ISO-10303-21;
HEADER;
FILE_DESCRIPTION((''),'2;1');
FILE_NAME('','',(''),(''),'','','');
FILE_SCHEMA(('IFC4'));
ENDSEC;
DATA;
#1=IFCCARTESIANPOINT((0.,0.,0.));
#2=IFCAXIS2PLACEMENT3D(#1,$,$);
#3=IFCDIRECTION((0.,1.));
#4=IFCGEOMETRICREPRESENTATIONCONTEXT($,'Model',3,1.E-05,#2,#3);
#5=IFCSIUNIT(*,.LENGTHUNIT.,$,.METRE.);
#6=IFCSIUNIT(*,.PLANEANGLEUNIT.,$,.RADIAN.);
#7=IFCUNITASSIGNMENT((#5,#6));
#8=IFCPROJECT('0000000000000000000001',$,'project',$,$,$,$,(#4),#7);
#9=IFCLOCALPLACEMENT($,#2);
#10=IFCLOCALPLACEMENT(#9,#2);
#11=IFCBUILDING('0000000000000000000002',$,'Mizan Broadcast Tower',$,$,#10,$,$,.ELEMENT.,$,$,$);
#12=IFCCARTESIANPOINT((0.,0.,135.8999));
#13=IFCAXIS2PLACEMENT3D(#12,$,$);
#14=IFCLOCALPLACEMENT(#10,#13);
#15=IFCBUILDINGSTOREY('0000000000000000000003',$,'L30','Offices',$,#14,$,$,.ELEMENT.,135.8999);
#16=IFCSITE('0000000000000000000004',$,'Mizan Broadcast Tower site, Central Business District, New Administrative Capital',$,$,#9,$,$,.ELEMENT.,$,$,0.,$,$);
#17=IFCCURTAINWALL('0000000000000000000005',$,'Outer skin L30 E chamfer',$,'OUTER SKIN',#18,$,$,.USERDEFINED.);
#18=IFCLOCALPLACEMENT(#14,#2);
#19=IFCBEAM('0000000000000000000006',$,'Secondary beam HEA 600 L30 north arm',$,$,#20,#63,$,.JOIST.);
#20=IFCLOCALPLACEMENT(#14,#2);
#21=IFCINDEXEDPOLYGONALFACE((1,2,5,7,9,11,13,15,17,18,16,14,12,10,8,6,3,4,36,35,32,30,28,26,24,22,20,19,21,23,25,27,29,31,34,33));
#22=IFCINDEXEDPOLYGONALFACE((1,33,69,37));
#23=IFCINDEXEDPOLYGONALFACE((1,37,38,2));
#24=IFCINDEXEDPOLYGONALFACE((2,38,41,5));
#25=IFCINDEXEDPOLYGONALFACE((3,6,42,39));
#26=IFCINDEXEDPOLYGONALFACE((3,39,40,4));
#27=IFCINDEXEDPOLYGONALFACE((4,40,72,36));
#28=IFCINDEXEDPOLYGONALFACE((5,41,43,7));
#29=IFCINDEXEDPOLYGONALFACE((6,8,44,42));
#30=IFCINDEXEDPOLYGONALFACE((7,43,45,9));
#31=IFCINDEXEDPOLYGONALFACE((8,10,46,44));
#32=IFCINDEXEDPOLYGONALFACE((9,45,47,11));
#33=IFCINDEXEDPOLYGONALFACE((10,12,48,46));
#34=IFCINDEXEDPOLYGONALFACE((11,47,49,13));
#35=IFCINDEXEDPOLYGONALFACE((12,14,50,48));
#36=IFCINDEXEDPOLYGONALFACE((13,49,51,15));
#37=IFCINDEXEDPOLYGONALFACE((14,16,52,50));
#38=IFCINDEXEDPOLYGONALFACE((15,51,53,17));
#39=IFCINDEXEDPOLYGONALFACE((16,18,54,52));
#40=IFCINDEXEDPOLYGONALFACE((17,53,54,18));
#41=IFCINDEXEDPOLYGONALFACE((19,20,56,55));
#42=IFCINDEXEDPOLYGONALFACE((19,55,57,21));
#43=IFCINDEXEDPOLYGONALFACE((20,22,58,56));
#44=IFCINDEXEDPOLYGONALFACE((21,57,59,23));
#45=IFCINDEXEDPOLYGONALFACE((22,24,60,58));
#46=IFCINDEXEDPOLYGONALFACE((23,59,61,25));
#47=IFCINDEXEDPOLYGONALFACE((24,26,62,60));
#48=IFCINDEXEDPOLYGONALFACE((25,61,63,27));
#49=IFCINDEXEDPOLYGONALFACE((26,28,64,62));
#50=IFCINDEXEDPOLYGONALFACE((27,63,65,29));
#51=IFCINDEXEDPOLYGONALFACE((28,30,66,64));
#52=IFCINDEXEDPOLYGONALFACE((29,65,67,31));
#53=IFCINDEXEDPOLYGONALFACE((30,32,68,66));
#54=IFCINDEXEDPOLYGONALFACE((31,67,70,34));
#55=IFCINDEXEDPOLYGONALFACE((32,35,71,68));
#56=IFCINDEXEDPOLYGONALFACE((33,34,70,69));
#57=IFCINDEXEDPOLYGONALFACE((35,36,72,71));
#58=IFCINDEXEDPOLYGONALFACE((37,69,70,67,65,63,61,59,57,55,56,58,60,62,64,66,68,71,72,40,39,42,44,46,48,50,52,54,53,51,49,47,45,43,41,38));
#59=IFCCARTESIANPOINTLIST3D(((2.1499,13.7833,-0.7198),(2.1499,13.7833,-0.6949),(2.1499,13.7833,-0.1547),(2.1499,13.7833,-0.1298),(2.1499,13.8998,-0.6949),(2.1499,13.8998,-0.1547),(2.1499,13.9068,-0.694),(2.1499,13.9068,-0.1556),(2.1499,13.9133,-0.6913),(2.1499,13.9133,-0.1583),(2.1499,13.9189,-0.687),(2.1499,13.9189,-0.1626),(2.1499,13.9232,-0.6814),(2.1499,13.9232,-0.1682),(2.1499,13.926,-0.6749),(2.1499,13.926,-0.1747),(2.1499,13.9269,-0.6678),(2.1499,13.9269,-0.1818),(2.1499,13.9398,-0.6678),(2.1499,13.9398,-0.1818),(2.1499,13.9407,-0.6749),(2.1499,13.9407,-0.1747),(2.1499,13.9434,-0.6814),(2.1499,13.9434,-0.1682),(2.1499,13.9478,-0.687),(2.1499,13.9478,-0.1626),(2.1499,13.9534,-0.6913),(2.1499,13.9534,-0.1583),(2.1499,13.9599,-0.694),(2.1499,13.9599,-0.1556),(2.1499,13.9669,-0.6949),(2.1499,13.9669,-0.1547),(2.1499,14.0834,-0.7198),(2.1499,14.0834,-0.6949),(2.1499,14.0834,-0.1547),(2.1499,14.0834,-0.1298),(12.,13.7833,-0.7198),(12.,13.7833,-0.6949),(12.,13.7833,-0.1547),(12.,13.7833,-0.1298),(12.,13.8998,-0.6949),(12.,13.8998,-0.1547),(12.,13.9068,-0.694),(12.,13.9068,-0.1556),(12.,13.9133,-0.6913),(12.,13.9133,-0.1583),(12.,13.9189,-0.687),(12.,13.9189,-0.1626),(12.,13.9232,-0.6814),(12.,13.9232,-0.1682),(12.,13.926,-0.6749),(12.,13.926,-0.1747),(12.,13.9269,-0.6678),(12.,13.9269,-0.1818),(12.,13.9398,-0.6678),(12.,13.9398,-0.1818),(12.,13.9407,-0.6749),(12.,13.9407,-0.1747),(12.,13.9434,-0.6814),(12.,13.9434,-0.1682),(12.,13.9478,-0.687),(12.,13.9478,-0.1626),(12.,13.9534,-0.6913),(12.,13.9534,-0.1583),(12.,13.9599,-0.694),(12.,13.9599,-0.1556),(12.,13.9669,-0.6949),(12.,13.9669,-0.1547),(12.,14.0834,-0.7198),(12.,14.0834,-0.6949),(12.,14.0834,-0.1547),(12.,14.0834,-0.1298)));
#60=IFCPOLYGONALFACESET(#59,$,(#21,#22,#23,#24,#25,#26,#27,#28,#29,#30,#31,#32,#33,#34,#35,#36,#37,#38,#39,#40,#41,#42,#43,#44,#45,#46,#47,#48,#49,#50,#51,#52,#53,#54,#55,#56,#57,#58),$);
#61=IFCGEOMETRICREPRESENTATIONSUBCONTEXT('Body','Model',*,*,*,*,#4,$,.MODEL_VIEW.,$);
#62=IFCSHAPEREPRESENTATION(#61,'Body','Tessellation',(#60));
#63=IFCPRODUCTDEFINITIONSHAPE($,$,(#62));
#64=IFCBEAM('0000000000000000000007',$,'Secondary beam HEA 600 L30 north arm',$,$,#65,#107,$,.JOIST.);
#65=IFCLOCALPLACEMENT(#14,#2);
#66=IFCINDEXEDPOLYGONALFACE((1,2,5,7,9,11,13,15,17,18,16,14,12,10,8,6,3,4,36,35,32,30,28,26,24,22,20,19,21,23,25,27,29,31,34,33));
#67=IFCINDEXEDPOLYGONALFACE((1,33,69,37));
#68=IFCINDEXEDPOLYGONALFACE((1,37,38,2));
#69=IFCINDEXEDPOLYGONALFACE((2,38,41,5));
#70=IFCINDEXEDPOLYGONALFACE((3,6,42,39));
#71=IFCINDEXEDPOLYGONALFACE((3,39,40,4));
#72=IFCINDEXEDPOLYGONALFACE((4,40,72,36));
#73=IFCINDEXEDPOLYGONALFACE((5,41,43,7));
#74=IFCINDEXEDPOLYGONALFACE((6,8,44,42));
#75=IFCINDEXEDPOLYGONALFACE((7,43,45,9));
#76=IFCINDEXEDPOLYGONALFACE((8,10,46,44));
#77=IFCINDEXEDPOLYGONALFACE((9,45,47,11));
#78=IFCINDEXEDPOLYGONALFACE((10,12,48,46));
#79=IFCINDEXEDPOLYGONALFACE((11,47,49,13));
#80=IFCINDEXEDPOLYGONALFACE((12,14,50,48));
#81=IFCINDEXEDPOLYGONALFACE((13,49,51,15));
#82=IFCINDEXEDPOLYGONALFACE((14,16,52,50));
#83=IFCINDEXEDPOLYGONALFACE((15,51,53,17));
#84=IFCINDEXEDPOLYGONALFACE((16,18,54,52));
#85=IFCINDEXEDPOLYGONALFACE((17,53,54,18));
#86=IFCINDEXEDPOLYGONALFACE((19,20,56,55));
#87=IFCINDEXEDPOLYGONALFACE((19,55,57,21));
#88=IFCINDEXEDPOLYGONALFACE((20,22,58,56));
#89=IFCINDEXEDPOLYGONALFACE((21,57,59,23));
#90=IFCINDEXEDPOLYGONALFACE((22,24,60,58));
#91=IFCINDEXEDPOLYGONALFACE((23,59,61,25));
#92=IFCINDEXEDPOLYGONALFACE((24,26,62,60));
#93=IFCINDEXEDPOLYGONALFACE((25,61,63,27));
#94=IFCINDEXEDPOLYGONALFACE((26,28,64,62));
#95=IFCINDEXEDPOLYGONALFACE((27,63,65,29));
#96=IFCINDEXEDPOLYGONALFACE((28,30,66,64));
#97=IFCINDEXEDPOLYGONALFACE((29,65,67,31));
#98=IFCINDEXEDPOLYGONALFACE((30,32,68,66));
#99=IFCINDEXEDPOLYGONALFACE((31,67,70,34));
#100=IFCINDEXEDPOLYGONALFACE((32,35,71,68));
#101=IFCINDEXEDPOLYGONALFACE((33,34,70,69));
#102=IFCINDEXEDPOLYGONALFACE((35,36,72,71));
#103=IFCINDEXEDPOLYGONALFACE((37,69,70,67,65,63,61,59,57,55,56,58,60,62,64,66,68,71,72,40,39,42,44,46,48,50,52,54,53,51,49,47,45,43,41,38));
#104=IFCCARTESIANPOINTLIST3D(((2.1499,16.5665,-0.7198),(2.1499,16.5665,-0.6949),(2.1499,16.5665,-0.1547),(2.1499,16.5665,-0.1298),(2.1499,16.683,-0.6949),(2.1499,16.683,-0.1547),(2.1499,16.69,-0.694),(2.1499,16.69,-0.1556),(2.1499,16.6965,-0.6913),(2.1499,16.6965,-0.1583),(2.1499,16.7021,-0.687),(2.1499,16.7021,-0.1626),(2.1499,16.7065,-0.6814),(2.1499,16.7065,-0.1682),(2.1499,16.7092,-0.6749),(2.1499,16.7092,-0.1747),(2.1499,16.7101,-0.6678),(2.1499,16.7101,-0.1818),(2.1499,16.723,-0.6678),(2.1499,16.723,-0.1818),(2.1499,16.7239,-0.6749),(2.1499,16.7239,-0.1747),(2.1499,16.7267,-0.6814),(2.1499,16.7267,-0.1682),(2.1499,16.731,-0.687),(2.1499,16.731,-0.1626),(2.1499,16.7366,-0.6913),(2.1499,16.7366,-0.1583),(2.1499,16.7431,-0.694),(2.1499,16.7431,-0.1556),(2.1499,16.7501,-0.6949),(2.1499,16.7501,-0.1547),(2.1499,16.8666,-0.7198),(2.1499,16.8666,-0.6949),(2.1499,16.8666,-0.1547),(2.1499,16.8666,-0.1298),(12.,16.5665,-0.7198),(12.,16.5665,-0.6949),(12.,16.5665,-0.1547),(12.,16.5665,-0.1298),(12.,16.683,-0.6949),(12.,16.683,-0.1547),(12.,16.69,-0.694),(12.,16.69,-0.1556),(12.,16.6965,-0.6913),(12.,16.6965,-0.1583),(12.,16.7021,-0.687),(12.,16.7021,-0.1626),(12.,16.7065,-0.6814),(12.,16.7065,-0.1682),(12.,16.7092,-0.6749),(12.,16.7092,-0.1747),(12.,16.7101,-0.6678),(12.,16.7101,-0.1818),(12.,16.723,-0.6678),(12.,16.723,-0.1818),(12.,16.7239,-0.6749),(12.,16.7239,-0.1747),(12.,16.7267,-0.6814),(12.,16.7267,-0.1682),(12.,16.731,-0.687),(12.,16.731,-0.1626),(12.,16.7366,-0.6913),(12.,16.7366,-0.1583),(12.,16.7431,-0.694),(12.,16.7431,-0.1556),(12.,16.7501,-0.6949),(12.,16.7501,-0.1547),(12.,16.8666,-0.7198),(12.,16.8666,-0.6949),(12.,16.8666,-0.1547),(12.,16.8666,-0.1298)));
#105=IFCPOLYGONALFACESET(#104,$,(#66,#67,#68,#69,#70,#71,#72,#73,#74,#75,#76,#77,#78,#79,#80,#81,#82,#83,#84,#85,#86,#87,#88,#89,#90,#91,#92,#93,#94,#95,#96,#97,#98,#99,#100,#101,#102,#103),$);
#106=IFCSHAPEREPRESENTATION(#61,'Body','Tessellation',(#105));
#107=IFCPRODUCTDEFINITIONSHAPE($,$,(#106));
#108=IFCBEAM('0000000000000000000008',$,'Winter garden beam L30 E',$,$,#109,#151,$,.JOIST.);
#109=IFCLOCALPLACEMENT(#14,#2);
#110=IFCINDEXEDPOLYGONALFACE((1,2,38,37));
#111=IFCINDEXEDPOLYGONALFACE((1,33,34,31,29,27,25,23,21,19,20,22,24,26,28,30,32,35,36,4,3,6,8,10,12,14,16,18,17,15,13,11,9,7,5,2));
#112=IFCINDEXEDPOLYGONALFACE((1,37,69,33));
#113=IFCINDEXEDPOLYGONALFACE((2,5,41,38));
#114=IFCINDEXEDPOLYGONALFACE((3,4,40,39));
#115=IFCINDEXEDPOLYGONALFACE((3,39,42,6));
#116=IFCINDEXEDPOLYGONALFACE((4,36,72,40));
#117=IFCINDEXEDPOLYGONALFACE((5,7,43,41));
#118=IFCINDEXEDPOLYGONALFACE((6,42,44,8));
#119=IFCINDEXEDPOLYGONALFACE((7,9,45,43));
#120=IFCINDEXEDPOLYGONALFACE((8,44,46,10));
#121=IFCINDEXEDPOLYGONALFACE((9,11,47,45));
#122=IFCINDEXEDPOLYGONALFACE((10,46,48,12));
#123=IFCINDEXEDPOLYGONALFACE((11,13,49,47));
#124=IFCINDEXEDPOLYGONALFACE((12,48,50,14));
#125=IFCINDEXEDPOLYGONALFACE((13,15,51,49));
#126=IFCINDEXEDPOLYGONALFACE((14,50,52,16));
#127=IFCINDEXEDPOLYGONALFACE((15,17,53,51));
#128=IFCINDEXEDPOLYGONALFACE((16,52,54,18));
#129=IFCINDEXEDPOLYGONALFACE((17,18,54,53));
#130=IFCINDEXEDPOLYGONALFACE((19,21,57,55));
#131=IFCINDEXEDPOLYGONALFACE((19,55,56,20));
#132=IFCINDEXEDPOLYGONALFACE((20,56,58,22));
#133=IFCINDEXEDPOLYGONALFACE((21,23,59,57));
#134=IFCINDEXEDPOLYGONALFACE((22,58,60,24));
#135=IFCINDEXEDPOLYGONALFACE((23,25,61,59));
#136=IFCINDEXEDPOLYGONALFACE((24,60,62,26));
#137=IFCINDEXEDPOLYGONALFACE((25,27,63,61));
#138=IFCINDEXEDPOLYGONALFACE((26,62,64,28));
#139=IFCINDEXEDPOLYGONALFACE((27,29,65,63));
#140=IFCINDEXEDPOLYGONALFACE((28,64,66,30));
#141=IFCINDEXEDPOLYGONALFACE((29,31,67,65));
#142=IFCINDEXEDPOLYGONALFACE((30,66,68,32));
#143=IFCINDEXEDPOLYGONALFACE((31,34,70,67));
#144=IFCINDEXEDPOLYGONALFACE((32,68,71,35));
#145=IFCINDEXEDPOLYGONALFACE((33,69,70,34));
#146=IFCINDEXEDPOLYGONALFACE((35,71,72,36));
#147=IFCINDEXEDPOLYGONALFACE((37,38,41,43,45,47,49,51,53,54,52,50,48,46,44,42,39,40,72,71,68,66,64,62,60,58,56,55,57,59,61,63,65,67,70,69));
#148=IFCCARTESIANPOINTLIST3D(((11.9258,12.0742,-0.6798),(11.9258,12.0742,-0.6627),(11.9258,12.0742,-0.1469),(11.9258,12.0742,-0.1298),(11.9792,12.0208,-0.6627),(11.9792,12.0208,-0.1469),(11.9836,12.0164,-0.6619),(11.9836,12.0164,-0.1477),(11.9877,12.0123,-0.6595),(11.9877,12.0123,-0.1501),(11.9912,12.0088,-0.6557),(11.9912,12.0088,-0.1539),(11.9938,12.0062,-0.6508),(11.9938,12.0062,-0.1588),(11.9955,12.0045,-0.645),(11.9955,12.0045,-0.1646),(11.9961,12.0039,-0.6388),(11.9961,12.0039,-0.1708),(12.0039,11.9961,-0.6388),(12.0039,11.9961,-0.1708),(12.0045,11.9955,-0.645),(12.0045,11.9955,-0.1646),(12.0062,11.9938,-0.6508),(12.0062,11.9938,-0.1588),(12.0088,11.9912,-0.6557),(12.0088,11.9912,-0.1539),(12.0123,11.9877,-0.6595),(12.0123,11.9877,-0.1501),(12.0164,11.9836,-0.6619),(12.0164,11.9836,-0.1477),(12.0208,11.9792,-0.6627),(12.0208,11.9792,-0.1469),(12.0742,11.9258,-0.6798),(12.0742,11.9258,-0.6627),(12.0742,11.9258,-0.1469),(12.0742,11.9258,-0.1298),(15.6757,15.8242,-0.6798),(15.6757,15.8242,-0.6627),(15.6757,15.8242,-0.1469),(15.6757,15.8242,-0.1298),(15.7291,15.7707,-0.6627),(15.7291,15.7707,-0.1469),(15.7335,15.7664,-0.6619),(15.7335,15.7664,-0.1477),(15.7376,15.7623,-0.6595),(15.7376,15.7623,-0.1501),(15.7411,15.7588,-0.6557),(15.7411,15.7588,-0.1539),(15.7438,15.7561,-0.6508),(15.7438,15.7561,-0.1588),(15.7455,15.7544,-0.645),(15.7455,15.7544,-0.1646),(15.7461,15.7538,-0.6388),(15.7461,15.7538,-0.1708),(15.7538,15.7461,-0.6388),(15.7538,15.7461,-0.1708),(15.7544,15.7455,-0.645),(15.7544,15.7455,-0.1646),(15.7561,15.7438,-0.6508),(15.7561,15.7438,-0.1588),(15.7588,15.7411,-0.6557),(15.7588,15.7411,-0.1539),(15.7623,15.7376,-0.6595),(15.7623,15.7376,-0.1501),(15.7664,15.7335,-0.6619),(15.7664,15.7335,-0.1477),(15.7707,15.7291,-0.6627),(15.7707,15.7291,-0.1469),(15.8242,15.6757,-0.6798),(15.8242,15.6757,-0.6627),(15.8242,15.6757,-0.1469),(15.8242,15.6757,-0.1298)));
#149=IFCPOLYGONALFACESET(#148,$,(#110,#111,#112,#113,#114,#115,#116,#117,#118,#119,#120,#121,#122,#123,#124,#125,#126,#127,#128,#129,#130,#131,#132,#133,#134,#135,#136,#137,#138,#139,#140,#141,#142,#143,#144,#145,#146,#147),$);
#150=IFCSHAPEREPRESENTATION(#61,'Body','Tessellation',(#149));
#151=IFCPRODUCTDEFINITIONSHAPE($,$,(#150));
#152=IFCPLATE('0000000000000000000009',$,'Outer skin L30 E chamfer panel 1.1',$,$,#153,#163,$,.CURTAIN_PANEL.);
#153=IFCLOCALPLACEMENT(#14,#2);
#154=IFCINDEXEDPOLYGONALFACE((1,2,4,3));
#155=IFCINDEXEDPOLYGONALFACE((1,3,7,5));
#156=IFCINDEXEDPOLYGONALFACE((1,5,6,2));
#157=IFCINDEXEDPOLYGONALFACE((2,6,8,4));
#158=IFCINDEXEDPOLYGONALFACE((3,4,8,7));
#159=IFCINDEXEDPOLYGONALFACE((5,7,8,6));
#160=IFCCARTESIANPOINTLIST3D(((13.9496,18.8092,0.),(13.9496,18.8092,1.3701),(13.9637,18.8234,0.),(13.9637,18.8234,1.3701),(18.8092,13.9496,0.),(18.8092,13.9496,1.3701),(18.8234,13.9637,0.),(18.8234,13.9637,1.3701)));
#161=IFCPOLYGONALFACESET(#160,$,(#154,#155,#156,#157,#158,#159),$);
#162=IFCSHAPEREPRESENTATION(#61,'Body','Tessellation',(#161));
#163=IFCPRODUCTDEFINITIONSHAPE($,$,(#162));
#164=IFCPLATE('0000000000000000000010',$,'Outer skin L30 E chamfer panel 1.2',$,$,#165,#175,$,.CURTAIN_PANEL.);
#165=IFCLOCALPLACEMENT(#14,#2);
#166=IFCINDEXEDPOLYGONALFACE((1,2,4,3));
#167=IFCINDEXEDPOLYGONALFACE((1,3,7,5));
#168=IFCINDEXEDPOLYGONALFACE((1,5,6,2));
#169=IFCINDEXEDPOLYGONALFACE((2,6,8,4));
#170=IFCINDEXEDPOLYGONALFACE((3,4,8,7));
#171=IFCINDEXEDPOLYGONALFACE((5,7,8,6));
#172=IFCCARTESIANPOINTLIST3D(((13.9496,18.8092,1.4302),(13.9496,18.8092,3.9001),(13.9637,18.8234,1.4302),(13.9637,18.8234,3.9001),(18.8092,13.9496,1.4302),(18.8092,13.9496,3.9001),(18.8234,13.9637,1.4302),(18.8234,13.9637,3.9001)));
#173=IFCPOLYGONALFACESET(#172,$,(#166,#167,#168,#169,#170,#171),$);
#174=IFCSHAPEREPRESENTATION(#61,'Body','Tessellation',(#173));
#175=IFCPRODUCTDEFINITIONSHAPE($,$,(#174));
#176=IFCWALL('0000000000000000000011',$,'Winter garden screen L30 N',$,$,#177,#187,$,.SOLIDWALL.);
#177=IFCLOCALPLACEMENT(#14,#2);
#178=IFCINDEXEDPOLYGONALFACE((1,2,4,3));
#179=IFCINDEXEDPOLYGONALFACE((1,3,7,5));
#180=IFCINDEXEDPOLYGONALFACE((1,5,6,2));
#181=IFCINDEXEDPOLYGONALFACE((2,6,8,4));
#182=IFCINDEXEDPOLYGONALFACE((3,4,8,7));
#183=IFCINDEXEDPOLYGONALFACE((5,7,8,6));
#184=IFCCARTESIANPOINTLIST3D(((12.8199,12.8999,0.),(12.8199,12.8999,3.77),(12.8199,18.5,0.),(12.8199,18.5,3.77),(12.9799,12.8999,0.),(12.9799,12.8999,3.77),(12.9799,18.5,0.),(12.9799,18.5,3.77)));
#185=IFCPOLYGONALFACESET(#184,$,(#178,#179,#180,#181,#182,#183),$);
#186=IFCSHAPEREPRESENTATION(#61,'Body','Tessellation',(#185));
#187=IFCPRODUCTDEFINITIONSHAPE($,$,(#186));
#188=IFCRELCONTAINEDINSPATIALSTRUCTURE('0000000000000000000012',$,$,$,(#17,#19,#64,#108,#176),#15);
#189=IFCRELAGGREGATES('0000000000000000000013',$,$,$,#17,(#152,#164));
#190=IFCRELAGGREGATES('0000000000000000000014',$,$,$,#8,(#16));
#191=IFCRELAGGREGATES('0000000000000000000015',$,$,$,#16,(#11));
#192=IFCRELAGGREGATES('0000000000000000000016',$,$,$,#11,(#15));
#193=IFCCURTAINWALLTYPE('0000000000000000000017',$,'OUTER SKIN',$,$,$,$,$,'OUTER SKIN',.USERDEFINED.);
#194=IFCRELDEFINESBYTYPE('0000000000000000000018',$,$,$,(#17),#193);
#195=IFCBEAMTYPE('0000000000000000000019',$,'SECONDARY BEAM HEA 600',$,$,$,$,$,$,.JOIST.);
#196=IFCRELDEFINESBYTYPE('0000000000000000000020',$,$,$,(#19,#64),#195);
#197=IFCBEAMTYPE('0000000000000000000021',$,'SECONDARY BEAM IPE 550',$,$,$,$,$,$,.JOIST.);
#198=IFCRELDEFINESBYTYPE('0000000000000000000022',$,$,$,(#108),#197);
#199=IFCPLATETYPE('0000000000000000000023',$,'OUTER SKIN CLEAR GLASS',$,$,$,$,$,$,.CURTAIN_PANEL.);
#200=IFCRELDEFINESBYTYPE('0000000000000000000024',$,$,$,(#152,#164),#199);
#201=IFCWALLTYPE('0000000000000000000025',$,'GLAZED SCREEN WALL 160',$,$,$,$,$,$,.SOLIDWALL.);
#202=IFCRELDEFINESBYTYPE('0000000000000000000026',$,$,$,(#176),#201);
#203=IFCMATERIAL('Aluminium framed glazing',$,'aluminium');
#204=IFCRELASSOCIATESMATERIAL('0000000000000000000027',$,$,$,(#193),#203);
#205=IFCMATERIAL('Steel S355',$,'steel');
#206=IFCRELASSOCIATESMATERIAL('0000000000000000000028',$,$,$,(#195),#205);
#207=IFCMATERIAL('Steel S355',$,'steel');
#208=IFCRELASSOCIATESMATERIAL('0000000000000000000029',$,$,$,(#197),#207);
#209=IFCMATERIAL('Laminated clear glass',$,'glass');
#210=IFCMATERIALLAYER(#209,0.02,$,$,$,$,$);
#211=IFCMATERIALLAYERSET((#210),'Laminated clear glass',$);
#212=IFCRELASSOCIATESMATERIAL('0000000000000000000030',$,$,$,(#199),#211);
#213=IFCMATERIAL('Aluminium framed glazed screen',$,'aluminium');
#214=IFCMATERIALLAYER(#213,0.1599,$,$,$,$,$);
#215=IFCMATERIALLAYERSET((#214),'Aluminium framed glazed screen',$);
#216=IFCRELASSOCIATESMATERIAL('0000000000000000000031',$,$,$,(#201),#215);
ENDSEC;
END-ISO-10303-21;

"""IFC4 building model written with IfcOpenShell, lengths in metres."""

from ifc_helpers import new_model, si_unit, direction, frame, frame_2d, origin, origin_2d, place, context, subcontext, project, spatial, rectangle, i_section, extrude, material, layer, layer_set, material_profile, profile_set, type_object, element, aggregate, save


model = new_model("IFC4")

# Units and contexts
model_context = context("Model", 3, precision=1e-05, world=origin(), true_north=direction((0.0, 1.0)))
body_context = subcontext(model_context, "Body", "Model", "MODEL_VIEW")
ifc_project = project(units=[si_unit("LENGTHUNIT", "METRE"), si_unit("PLANEANGLEUNIT", "RADIAN")], contexts=[model_context])

# Site, building, storey
site_placement = place(None, origin())
site = spatial("IfcSite", under=ifc_project, at=site_placement, Name="Mizan Broadcast Tower site, Central Business District, New Administrative Capital", CompositionType="ELEMENT", RefElevation=0.0)
building_placement = place(site_placement, origin())
building = spatial("IfcBuilding", under=site, at=building_placement, Name="Mizan Broadcast Tower", CompositionType="ELEMENT")
storey_placement = place(building_placement, frame((0.0, 0.0, 135.8999)))
storey = spatial("IfcBuildingStorey", under=building, at=storey_placement, Name="L30", Description="Offices", CompositionType="ELEMENT", Elevation=135.8999)

# Curtain wall
ifc_material_1 = material(Name="Aluminium framed glazing", Category="aluminium")
curtain_wall_type_1 = type_object("IfcCurtainWallType", Name="OUTER SKIN", ElementType="OUTER SKIN", PredefinedType="USERDEFINED", material=ifc_material_1)
curtain_wall_1_placement = place(storey_placement, origin())
curtain_wall_1 = element("IfcCurtainWall", 1, at=curtain_wall_1_placement, inside=storey, type_object=curtain_wall_type_1, Name="Outer skin L30 E chamfer", ObjectType="OUTER SKIN", PredefinedType="USERDEFINED")

# Beams
ifc_material_2 = material(Name="Steel S355", Category="steel")
ifc_material_profile_1 = material_profile(ifc_material_2, i_section(OverallWidth=0.3, OverallDepth=0.5901, WebThickness=0.0129, FlangeThickness=0.0249, FilletRadius=0.0271, at=origin_2d()), Name="HEA 600")
ifc_profile_set_1 = profile_set([ifc_material_profile_1], Name="Steel S355")
beam_type_1 = type_object("IfcBeamType", Name="SECONDARY BEAM HEA 600", PredefinedType="JOIST", material=ifc_profile_set_1)
for number, where, z_axis, x_axis, name in (
    (2, (12.0, 13.9333, -0.4248), (-1.0, 0.0, 0.0), (0.0, -1.0, 0.0), "Secondary beam HEA 600 L30 north arm"),
    (3, (12.0, 16.7166, -0.4248), (-1.0, 0.0, 0.0), (0.0, -1.0, 0.0), "Secondary beam HEA 600 L30 north arm"),
):
    element("IfcBeam", number, at=place(storey_placement, frame(where, z_axis=z_axis, x_axis=x_axis)), inside=storey, type_object=beam_type_1, Name=name, PredefinedType="JOIST", context=body_context, shape_type="SweptSolid", body=[
        extrude(i_section(OverallWidth=0.3, OverallDepth=0.5901, WebThickness=0.0129, FlangeThickness=0.0249, FilletRadius=0.0271, at=origin_2d()), origin(), (0.0, 0.0, 1.0), 9.8501),
    ])
ifc_material_3 = material(Name="Steel S355", Category="steel")
ifc_material_profile_2 = material_profile(ifc_material_3, i_section(OverallWidth=0.21, OverallDepth=0.55, WebThickness=0.011, FlangeThickness=0.0171, FilletRadius=0.0239, at=origin_2d()), Name="IPE 550")
ifc_profile_set_2 = profile_set([ifc_material_profile_2], Name="Steel S355")
beam_type_2 = type_object("IfcBeamType", Name="SECONDARY BEAM IPE 550", PredefinedType="JOIST", material=ifc_profile_set_2)
beam_1_placement = place(storey_placement, frame((12.0, 12.0, -0.4048), z_axis=(0.707107, 0.707107, 0.0), x_axis=(-0.707107, 0.707107, 0.0)))
element("IfcBeam", 4, at=beam_1_placement, inside=storey, type_object=beam_type_2, Name="Winter garden beam L30 E", PredefinedType="JOIST", context=body_context, shape_type="SweptSolid", body=[
    extrude(i_section(OverallWidth=0.21, OverallDepth=0.55, WebThickness=0.011, FlangeThickness=0.0171, FilletRadius=0.0239, at=origin_2d()), origin(), (0.0, 0.0, 1.0), 5.3032),
])

# Plates
ifc_material_4 = material(Name="Laminated clear glass", Category="glass")
ifc_layer_1 = layer(ifc_material_4, 0.02)
ifc_layer_set_1 = layer_set([ifc_layer_1], Name="Laminated clear glass")
plate_type = type_object("IfcPlateType", Name="OUTER SKIN CLEAR GLASS", PredefinedType="CURTAIN_PANEL", material=ifc_layer_set_1)
plate_1_placement = place(storey_placement, frame((16.3865, 16.3865, 0.0), z_axis=(0.0, 0.0, 1.0), x_axis=(-0.707107, 0.707107, 0.0)))
plate_1 = element("IfcPlate", 5, at=plate_1_placement, type_object=plate_type, Name="Outer skin L30 E chamfer panel 1.1", PredefinedType="CURTAIN_PANEL", context=body_context, shape_type="SweptSolid", body=[
    extrude(rectangle(XDim=6.8726, YDim=0.02, at=origin_2d()), origin(), (0.0, 0.0, 1.0), 1.3701),
])
plate_2_placement = place(storey_placement, frame((16.3865, 16.3865, 1.4302), z_axis=(0.0, 0.0, 1.0), x_axis=(-0.707107, 0.707107, 0.0)))
plate_2 = element("IfcPlate", 6, at=plate_2_placement, type_object=plate_type, Name="Outer skin L30 E chamfer panel 1.2", PredefinedType="CURTAIN_PANEL", context=body_context, shape_type="SweptSolid", body=[
    extrude(rectangle(XDim=6.8726, YDim=0.02, at=origin_2d()), origin(), (0.0, 0.0, 1.0), 2.47),
])
aggregate(curtain_wall_1, [plate_1, plate_2])

# Wall
ifc_material_5 = material(Name="Aluminium framed glazed screen", Category="aluminium")
ifc_layer_2 = layer(ifc_material_5, 0.1599)
ifc_layer_set_2 = layer_set([ifc_layer_2], Name="Aluminium framed glazed screen")
wall_type_1 = type_object("IfcWallType", Name="GLAZED SCREEN WALL 160", PredefinedType="SOLIDWALL", material=ifc_layer_set_2)
wall_1_placement = place(storey_placement, frame((12.8999, 12.8999, 0.0), z_axis=(0.0, 0.0, 1.0), x_axis=(0.0, 1.0, 0.0)))
element("IfcWall", 7, at=wall_1_placement, inside=storey, type_object=wall_type_1, Name="Winter garden screen L30 N", PredefinedType="SOLIDWALL", context=body_context, shape_type="SweptSolid", body=[
    extrude(rectangle(XDim=5.6001, YDim=0.1599, at=frame_2d((2.8, 0.0))), origin(), (0.0, 0.0, 1.0), 3.77),
])

save(model, "model.ifc")
